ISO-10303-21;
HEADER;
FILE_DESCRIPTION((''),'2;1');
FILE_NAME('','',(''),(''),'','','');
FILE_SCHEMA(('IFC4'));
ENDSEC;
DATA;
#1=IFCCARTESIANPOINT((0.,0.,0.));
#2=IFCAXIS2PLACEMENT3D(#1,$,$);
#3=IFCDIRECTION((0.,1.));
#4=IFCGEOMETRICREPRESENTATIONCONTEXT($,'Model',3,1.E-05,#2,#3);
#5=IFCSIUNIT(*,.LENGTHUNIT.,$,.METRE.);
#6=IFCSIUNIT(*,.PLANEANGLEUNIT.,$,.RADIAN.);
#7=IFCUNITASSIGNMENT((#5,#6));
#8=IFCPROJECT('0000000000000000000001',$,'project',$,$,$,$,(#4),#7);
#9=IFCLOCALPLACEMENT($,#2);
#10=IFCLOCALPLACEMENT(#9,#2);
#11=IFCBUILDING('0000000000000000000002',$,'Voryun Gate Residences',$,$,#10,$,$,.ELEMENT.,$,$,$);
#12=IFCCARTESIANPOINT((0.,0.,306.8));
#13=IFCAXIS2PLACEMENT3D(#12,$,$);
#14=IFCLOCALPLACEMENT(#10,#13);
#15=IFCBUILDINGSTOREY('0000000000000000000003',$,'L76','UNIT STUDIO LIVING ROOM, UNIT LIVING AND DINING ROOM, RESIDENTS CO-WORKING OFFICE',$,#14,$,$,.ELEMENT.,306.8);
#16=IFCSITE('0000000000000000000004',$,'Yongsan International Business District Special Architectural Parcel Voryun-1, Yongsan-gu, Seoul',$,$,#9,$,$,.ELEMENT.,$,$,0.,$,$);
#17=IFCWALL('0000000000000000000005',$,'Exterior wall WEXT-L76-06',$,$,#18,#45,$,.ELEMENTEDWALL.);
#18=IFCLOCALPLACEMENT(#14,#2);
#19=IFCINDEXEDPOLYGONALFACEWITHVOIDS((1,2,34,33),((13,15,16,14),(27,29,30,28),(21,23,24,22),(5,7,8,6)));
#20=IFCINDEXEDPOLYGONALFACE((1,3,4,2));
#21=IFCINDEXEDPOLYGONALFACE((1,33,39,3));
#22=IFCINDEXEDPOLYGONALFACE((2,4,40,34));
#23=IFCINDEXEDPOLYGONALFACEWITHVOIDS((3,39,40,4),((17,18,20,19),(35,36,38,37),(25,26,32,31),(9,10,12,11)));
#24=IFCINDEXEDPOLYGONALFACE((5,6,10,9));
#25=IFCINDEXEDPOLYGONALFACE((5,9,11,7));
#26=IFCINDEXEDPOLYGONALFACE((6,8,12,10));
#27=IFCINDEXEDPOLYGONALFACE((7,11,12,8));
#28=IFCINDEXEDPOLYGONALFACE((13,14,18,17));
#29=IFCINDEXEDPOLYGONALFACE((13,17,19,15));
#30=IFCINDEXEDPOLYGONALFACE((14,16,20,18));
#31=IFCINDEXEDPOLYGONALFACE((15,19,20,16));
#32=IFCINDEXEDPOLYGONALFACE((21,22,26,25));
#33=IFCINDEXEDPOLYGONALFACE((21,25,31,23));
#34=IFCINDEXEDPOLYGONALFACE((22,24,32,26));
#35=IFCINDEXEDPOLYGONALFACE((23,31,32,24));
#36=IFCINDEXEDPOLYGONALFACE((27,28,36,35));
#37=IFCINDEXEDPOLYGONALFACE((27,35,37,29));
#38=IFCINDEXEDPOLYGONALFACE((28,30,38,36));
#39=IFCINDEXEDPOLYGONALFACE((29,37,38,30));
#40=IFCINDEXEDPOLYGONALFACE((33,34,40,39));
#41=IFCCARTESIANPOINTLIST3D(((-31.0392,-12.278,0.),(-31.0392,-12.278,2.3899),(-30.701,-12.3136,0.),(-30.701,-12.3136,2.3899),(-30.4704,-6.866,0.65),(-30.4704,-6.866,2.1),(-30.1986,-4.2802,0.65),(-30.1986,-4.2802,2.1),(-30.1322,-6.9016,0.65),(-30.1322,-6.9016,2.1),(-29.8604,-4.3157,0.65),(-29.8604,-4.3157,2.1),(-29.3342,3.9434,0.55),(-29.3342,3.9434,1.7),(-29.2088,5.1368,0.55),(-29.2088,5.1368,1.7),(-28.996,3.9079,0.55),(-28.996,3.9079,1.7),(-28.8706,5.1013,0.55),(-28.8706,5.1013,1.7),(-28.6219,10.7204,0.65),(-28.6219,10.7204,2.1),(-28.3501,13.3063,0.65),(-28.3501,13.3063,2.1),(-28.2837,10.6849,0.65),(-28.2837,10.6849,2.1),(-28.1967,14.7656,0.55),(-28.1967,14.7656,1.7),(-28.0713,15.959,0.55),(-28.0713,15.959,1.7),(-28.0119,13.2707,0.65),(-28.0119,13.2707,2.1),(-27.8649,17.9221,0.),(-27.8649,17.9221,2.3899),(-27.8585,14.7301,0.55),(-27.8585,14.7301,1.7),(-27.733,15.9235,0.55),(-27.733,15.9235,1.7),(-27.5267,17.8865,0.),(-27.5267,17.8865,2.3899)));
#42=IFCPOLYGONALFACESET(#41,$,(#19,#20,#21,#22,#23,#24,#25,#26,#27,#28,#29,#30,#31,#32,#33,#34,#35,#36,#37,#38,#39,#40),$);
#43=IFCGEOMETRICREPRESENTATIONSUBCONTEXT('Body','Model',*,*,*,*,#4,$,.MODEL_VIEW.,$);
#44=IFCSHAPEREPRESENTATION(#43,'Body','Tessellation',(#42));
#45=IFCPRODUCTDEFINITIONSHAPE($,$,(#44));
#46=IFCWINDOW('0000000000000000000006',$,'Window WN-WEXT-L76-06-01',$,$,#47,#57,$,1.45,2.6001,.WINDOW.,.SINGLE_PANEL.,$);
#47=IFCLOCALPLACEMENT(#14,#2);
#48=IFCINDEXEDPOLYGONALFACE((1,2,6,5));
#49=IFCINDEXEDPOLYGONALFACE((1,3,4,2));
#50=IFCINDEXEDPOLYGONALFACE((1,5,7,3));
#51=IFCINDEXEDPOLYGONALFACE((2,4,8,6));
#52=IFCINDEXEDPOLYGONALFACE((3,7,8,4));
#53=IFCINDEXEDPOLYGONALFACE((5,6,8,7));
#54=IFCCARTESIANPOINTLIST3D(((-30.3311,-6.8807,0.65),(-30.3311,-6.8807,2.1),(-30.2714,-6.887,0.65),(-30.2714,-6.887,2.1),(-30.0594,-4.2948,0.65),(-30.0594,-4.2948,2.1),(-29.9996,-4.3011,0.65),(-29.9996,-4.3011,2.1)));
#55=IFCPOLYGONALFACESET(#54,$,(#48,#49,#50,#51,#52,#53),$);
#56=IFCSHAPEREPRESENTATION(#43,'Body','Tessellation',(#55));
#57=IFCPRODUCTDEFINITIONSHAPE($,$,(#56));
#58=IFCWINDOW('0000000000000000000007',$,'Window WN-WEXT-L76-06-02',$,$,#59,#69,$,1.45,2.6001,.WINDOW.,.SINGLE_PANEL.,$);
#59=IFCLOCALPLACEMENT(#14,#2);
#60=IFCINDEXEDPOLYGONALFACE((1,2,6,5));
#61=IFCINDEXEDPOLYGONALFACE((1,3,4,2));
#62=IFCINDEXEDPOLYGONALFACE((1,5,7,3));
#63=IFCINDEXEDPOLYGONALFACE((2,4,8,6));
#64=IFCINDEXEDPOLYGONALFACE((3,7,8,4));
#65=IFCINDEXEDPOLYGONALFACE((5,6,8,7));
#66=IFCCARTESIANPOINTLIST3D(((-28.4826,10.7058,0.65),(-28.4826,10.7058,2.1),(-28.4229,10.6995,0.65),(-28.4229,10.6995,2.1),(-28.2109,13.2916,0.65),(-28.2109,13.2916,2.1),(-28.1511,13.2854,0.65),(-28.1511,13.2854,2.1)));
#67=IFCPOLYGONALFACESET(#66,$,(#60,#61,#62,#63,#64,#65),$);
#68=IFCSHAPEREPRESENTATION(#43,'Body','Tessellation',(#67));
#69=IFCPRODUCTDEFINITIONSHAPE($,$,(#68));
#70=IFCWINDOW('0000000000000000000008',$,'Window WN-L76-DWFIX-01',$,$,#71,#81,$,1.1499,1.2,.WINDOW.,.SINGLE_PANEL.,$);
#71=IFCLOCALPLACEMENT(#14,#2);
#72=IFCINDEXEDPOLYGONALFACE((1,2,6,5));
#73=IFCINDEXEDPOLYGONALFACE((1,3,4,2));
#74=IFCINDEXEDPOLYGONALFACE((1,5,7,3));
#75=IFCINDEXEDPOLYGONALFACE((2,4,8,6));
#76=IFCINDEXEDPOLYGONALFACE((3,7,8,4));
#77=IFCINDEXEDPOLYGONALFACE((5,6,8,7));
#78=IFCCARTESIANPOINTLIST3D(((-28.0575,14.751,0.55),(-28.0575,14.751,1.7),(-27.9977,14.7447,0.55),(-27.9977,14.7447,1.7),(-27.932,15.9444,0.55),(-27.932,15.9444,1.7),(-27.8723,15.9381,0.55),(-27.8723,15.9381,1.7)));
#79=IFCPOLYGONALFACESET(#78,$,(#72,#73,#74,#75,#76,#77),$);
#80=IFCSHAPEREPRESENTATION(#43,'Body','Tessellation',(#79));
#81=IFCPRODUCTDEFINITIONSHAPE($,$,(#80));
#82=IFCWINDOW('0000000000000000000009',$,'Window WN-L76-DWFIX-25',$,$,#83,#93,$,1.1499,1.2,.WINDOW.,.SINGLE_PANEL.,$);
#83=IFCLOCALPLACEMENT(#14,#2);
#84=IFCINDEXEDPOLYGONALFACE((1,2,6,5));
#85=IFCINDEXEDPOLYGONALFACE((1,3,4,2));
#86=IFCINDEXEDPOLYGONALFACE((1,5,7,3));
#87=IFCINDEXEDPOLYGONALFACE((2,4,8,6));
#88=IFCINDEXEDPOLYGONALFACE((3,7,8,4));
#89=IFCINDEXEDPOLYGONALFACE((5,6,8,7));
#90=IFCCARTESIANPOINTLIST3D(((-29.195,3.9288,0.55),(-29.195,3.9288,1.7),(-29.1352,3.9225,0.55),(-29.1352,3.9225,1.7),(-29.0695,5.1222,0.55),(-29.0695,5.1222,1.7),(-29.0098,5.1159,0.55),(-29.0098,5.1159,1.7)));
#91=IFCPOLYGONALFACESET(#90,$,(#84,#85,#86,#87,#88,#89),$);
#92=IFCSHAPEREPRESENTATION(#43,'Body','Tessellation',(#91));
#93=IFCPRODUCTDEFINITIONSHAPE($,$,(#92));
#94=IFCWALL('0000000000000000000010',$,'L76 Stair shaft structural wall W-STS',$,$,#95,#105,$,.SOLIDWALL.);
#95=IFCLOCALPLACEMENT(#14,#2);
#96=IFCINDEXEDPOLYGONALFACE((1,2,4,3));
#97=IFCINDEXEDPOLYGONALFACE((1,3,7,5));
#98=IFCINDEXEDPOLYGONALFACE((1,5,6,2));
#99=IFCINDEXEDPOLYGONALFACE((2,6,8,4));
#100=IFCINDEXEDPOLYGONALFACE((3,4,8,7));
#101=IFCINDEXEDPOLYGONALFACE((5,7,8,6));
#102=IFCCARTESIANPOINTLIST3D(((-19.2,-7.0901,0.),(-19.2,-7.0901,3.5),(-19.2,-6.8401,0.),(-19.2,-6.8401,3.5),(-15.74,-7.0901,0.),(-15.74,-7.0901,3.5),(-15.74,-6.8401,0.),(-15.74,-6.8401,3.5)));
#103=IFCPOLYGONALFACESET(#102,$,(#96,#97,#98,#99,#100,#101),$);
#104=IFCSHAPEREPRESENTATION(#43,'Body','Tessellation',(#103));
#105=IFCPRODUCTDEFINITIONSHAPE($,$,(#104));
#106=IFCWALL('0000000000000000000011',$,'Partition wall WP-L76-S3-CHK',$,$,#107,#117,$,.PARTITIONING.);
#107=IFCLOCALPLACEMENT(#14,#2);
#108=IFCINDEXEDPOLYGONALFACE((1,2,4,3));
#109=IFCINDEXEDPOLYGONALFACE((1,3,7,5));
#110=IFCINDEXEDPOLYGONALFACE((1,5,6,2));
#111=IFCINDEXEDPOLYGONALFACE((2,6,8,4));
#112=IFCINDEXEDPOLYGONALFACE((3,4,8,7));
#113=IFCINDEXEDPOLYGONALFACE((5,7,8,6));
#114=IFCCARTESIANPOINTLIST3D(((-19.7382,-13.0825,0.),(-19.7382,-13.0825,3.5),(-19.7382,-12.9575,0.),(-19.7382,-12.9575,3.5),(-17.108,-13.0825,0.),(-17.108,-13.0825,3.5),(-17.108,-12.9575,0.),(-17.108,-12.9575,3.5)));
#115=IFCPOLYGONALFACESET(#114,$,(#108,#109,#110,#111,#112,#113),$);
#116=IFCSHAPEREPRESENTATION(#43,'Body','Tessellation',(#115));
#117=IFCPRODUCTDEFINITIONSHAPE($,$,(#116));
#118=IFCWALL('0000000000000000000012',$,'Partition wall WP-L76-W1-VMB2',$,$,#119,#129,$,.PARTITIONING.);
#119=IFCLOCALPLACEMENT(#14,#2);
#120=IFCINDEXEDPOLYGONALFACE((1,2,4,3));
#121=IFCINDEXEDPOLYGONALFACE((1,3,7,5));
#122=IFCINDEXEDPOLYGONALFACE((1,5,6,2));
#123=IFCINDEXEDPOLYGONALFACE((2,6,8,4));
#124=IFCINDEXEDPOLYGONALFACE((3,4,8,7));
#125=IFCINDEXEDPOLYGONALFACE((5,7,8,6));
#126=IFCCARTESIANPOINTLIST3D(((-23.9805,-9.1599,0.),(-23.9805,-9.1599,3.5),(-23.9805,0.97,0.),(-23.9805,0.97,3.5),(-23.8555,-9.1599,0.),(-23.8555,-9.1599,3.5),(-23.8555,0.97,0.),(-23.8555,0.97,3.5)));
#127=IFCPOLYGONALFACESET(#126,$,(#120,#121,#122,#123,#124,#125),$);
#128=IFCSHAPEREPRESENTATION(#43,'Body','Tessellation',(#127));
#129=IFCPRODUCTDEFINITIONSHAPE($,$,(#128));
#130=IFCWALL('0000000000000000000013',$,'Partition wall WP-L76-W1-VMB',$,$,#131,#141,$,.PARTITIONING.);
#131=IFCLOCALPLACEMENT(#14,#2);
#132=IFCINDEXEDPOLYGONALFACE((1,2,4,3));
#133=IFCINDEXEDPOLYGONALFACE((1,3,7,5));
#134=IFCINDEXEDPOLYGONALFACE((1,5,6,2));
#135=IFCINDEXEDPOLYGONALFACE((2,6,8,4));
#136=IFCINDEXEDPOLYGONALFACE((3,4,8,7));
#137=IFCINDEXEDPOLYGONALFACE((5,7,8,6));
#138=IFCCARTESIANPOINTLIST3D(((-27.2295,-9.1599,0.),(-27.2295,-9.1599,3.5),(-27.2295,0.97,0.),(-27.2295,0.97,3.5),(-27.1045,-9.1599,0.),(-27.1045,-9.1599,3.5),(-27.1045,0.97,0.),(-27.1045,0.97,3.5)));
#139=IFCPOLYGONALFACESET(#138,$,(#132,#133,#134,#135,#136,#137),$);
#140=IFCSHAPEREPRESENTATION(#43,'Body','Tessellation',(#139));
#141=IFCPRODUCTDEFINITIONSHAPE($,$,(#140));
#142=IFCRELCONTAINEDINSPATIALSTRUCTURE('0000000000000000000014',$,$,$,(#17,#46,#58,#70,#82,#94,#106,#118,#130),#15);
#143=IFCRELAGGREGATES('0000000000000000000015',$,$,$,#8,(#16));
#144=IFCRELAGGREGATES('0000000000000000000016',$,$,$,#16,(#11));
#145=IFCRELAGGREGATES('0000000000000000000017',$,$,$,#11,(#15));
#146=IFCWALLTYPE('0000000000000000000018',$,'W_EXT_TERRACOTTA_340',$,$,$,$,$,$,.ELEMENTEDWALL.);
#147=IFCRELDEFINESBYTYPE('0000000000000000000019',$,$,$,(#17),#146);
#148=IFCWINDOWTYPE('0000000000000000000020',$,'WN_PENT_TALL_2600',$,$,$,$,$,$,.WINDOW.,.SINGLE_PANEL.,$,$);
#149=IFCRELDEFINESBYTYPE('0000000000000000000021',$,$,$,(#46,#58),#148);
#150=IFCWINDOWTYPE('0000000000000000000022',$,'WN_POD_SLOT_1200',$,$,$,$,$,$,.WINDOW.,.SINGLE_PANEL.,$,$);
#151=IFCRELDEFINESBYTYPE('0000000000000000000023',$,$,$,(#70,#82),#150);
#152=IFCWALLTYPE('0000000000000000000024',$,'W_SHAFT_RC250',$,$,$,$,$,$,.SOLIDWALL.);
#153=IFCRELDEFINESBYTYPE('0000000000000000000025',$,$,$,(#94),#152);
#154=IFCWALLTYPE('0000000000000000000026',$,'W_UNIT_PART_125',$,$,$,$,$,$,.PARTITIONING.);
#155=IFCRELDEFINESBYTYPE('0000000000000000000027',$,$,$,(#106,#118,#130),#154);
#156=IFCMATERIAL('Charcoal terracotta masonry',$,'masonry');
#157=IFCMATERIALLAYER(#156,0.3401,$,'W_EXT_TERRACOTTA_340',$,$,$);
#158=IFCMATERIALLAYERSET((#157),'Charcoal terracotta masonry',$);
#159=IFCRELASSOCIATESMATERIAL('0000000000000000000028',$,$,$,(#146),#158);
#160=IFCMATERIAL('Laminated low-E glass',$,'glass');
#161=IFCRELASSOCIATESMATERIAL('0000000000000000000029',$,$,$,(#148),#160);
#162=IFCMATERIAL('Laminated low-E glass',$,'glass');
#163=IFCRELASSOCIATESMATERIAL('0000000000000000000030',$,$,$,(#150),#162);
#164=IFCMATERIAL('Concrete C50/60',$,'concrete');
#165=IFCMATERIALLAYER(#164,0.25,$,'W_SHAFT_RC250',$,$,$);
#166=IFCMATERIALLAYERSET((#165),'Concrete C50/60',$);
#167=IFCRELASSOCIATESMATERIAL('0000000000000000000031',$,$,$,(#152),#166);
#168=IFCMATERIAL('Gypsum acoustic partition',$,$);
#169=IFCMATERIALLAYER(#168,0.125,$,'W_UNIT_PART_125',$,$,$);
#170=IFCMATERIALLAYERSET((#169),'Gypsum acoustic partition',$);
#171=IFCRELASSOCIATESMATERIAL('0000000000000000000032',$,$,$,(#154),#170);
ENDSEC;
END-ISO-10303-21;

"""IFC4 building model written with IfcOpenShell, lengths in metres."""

from ifc_helpers import new_model, si_unit, direction, frame, frame_2d, origin, place, context, subcontext, project, spatial, rectangle, extrude, material, layer, layer_set, type_object, element, fill, save


model = new_model("IFC4")

# Units and contexts
model_context = context("Model", 3, precision=1e-05, world=origin(), true_north=direction((0.0, 1.0)))
body_context = subcontext(model_context, "Body", "Model", "MODEL_VIEW")
ifc_project = project(units=[si_unit("LENGTHUNIT", "METRE"), si_unit("PLANEANGLEUNIT", "RADIAN")], contexts=[model_context])

# Site, building, storey
site_placement = place(None, origin())
site = spatial("IfcSite", under=ifc_project, at=site_placement, Name="Yongsan International Business District Special Architectural Parcel Voryun-1, Yongsan-gu, Seoul", CompositionType="ELEMENT", RefElevation=0.0)
building_placement = place(site_placement, origin())
building = spatial("IfcBuilding", under=site, at=building_placement, Name="Voryun Gate Residences", CompositionType="ELEMENT")
storey_placement = place(building_placement, frame((0.0, 0.0, 306.8)))
storey = spatial("IfcBuildingStorey", under=building, at=storey_placement, Name="L76", Description="UNIT STUDIO LIVING ROOM, UNIT LIVING AND DINING ROOM, RESIDENTS CO-WORKING OFFICE", CompositionType="ELEMENT", Elevation=306.8)

# Wall, openings, windows
ifc_material_1 = material(Name="Charcoal terracotta masonry", Category="masonry")
ifc_layer_1 = layer(ifc_material_1, 0.3401, Name="W_EXT_TERRACOTTA_340")
ifc_layer_set_1 = layer_set([ifc_layer_1], Name="Charcoal terracotta masonry")
wall_type_1 = type_object("IfcWallType", Name="W_EXT_TERRACOTTA_340", PredefinedType="ELEMENTEDWALL", material=ifc_layer_set_1)
wall_1_placement = place(storey_placement, frame((-30.8701, -12.2957, 0.0), z_axis=(0.0, 0.0, 1.0), x_axis=(0.104533, 0.994521, 0.0)))
wall_1 = element("IfcWall", 1, at=wall_1_placement, inside=storey, type_object=wall_type_1, Name="Exterior wall WEXT-L76-06", PredefinedType="ELEMENTEDWALL", context=body_context, shape_type="SweptSolid", body=[
    extrude(rectangle(XDim=30.3665, YDim=0.3401, at=frame_2d((15.1831, 0.0))), origin(), (0.0, 0.0, 1.0), 2.3899),
])
opening_1_placement = place(wall_1_placement, frame((5.4417, 0.0, 0.6499)))
opening_1 = element("IfcOpeningElement", 2, at=opening_1_placement, cuts=wall_1, PredefinedType="OPENING", context=body_context, shape_type="SweptSolid", body=[
    extrude(rectangle(XDim=2.6001, YDim=1.45, at=frame_2d((1.3, 0.7251))), frame((0.0, 0.1799, 0.0), z_axis=(0.0, -1.0, 0.0), x_axis=(1.0, 0.0, 0.0)), (0.0, 0.0, 1.0), 0.3601),
])
opening_2_placement = place(wall_1_placement, frame((23.125, 0.0, 0.6499)))
opening_2 = element("IfcOpeningElement", 3, at=opening_2_placement, cuts=wall_1, PredefinedType="OPENING", context=body_context, shape_type="SweptSolid", body=[
    extrude(rectangle(XDim=2.6001, YDim=1.45, at=frame_2d((1.3, 0.7251))), frame((0.0, 0.1799, 0.0), z_axis=(0.0, -1.0, 0.0), x_axis=(1.0, 0.0, 0.0)), (0.0, 0.0, 1.0), 0.3601),
])
opening_3_placement = place(wall_1_placement, frame((27.1924, 0.0, 0.55)))
opening_3 = element("IfcOpeningElement", 4, at=opening_3_placement, cuts=wall_1, PredefinedType="OPENING", context=body_context, shape_type="SweptSolid", body=[
    extrude(rectangle(XDim=1.2, YDim=1.1499, at=frame_2d((0.6001, 0.575))), frame((0.0, 0.1799, 0.0), z_axis=(0.0, -1.0, 0.0), x_axis=(1.0, 0.0, 0.0)), (0.0, 0.0, 1.0), 0.3601),
])
opening_4_placement = place(wall_1_placement, frame((16.3105, 0.0, 0.55)))
opening_4 = element("IfcOpeningElement", 5, at=opening_4_placement, cuts=wall_1, PredefinedType="OPENING", context=body_context, shape_type="SweptSolid", body=[
    extrude(rectangle(XDim=1.2, YDim=1.1499, at=frame_2d((0.6001, 0.575))), frame((0.0, 0.1799, 0.0), z_axis=(0.0, -1.0, 0.0), x_axis=(1.0, 0.0, 0.0)), (0.0, 0.0, 1.0), 0.3601),
])
ifc_material_2 = material(Name="Laminated low-E glass", Category="glass")
window_type_1 = type_object("IfcWindowType", Name="WN_PENT_TALL_2600", PartitioningType="SINGLE_PANEL", PredefinedType="WINDOW", material=ifc_material_2)
window_1_placement = place(opening_1_placement, origin())
window_1 = element("IfcWindow", 6, at=window_1_placement, inside=storey, type_object=window_type_1, Name="Window WN-WEXT-L76-06-01", OverallHeight=1.45, OverallWidth=2.6001, PartitioningType="SINGLE_PANEL", PredefinedType="WINDOW", context=body_context, shape_type="SweptSolid", body=[
    extrude(rectangle(XDim=2.6001, YDim=1.45, at=frame_2d((1.3, 0.7251))), frame((0.0, 0.03, 0.0), z_axis=(0.0, -1.0, 0.0), x_axis=(1.0, 0.0, 0.0)), (0.0, 0.0, 1.0), 0.0601),
])
fill(opening_1, window_1)
window_2_placement = place(opening_2_placement, origin())
window_2 = element("IfcWindow", 7, at=window_2_placement, inside=storey, type_object=window_type_1, Name="Window WN-WEXT-L76-06-02", OverallHeight=1.45, OverallWidth=2.6001, PartitioningType="SINGLE_PANEL", PredefinedType="WINDOW", context=body_context, shape_type="SweptSolid", body=[
    extrude(rectangle(XDim=2.6001, YDim=1.45, at=frame_2d((1.3, 0.7251))), frame((0.0, 0.03, 0.0), z_axis=(0.0, -1.0, 0.0), x_axis=(1.0, 0.0, 0.0)), (0.0, 0.0, 1.0), 0.0601),
])
fill(opening_2, window_2)
ifc_material_3 = material(Name="Laminated low-E glass", Category="glass")
window_type_2 = type_object("IfcWindowType", Name="WN_POD_SLOT_1200", PartitioningType="SINGLE_PANEL", PredefinedType="WINDOW", material=ifc_material_3)
window_3_placement = place(opening_3_placement, origin())
window_3 = element("IfcWindow", 8, at=window_3_placement, inside=storey, type_object=window_type_2, Name="Window WN-L76-DWFIX-01", OverallHeight=1.1499, OverallWidth=1.2, PartitioningType="SINGLE_PANEL", PredefinedType="WINDOW", context=body_context, shape_type="SweptSolid", body=[
    extrude(rectangle(XDim=1.2, YDim=1.1499, at=frame_2d((0.6001, 0.575))), frame((0.0, 0.03, 0.0), z_axis=(0.0, -1.0, 0.0), x_axis=(1.0, 0.0, 0.0)), (0.0, 0.0, 1.0), 0.0601),
])
fill(opening_3, window_3)
window_4_placement = place(opening_4_placement, origin())
window_4 = element("IfcWindow", 9, at=window_4_placement, inside=storey, type_object=window_type_2, Name="Window WN-L76-DWFIX-25", OverallHeight=1.1499, OverallWidth=1.2, PartitioningType="SINGLE_PANEL", PredefinedType="WINDOW", context=body_context, shape_type="SweptSolid", body=[
    extrude(rectangle(XDim=1.2, YDim=1.1499, at=frame_2d((0.6001, 0.575))), frame((0.0, 0.03, 0.0), z_axis=(0.0, -1.0, 0.0), x_axis=(1.0, 0.0, 0.0)), (0.0, 0.0, 1.0), 0.0601),
])
fill(opening_4, window_4)

# Walls
ifc_material_4 = material(Name="Concrete C50/60", Category="concrete")
ifc_layer_2 = layer(ifc_material_4, 0.25, Name="W_SHAFT_RC250")
ifc_layer_set_2 = layer_set([ifc_layer_2], Name="Concrete C50/60")
wall_type_2 = type_object("IfcWallType", Name="W_SHAFT_RC250", PredefinedType="SOLIDWALL", material=ifc_layer_set_2)
wall_2_placement = place(storey_placement, frame((-19.2, -6.9651, 0.0), z_axis=(0.0, 0.0, 1.0), x_axis=(1.0, 0.0, 0.0)))
element("IfcWall", 10, at=wall_2_placement, inside=storey, type_object=wall_type_2, Name="L76 Stair shaft structural wall W-STS", PredefinedType="SOLIDWALL", context=body_context, shape_type="SweptSolid", body=[
    extrude(rectangle(XDim=3.46, YDim=0.25, at=frame_2d((1.73, 0.0))), origin(), (0.0, 0.0, 1.0), 3.5),
])
ifc_material_5 = material(Name="Gypsum acoustic partition")
ifc_layer_3 = layer(ifc_material_5, 0.125, Name="W_UNIT_PART_125")
ifc_layer_set_3 = layer_set([ifc_layer_3], Name="Gypsum acoustic partition")
wall_type_3 = type_object("IfcWallType", Name="W_UNIT_PART_125", PredefinedType="PARTITIONING", material=ifc_layer_set_3)
wall_3_placement = place(storey_placement, frame((-19.738, -13.02, 0.0), z_axis=(0.0, 0.0, 1.0), x_axis=(1.0, 0.0, 0.0)))
element("IfcWall", 11, at=wall_3_placement, inside=storey, type_object=wall_type_3, Name="Partition wall WP-L76-S3-CHK", PredefinedType="PARTITIONING", context=body_context, shape_type="SweptSolid", body=[
    extrude(rectangle(XDim=2.6301, YDim=0.125, at=frame_2d((1.3149, 0.0))), origin(), (0.0, 0.0, 1.0), 3.5),
])
for number, where, z_axis, x_axis, name in (
    (12, (-23.918, -9.1599, 0.0), (0.0, 0.0, 1.0), (0.0, 1.0, 0.0), "Partition wall WP-L76-W1-VMB2"),
    (13, (-27.167, -9.1599, 0.0), (0.0, 0.0, 1.0), (0.0, 1.0, 0.0), "Partition wall WP-L76-W1-VMB"),
):
    element("IfcWall", number, at=place(storey_placement, frame(where, z_axis=z_axis, x_axis=x_axis)), inside=storey, type_object=wall_type_3, Name=name, PredefinedType="PARTITIONING", context=body_context, shape_type="SweptSolid", body=[
        extrude(rectangle(XDim=10.1299, YDim=0.125, at=frame_2d((5.0649, 0.0))), origin(), (0.0, 0.0, 1.0), 3.5),
    ])

save(model, "model.ifc")
